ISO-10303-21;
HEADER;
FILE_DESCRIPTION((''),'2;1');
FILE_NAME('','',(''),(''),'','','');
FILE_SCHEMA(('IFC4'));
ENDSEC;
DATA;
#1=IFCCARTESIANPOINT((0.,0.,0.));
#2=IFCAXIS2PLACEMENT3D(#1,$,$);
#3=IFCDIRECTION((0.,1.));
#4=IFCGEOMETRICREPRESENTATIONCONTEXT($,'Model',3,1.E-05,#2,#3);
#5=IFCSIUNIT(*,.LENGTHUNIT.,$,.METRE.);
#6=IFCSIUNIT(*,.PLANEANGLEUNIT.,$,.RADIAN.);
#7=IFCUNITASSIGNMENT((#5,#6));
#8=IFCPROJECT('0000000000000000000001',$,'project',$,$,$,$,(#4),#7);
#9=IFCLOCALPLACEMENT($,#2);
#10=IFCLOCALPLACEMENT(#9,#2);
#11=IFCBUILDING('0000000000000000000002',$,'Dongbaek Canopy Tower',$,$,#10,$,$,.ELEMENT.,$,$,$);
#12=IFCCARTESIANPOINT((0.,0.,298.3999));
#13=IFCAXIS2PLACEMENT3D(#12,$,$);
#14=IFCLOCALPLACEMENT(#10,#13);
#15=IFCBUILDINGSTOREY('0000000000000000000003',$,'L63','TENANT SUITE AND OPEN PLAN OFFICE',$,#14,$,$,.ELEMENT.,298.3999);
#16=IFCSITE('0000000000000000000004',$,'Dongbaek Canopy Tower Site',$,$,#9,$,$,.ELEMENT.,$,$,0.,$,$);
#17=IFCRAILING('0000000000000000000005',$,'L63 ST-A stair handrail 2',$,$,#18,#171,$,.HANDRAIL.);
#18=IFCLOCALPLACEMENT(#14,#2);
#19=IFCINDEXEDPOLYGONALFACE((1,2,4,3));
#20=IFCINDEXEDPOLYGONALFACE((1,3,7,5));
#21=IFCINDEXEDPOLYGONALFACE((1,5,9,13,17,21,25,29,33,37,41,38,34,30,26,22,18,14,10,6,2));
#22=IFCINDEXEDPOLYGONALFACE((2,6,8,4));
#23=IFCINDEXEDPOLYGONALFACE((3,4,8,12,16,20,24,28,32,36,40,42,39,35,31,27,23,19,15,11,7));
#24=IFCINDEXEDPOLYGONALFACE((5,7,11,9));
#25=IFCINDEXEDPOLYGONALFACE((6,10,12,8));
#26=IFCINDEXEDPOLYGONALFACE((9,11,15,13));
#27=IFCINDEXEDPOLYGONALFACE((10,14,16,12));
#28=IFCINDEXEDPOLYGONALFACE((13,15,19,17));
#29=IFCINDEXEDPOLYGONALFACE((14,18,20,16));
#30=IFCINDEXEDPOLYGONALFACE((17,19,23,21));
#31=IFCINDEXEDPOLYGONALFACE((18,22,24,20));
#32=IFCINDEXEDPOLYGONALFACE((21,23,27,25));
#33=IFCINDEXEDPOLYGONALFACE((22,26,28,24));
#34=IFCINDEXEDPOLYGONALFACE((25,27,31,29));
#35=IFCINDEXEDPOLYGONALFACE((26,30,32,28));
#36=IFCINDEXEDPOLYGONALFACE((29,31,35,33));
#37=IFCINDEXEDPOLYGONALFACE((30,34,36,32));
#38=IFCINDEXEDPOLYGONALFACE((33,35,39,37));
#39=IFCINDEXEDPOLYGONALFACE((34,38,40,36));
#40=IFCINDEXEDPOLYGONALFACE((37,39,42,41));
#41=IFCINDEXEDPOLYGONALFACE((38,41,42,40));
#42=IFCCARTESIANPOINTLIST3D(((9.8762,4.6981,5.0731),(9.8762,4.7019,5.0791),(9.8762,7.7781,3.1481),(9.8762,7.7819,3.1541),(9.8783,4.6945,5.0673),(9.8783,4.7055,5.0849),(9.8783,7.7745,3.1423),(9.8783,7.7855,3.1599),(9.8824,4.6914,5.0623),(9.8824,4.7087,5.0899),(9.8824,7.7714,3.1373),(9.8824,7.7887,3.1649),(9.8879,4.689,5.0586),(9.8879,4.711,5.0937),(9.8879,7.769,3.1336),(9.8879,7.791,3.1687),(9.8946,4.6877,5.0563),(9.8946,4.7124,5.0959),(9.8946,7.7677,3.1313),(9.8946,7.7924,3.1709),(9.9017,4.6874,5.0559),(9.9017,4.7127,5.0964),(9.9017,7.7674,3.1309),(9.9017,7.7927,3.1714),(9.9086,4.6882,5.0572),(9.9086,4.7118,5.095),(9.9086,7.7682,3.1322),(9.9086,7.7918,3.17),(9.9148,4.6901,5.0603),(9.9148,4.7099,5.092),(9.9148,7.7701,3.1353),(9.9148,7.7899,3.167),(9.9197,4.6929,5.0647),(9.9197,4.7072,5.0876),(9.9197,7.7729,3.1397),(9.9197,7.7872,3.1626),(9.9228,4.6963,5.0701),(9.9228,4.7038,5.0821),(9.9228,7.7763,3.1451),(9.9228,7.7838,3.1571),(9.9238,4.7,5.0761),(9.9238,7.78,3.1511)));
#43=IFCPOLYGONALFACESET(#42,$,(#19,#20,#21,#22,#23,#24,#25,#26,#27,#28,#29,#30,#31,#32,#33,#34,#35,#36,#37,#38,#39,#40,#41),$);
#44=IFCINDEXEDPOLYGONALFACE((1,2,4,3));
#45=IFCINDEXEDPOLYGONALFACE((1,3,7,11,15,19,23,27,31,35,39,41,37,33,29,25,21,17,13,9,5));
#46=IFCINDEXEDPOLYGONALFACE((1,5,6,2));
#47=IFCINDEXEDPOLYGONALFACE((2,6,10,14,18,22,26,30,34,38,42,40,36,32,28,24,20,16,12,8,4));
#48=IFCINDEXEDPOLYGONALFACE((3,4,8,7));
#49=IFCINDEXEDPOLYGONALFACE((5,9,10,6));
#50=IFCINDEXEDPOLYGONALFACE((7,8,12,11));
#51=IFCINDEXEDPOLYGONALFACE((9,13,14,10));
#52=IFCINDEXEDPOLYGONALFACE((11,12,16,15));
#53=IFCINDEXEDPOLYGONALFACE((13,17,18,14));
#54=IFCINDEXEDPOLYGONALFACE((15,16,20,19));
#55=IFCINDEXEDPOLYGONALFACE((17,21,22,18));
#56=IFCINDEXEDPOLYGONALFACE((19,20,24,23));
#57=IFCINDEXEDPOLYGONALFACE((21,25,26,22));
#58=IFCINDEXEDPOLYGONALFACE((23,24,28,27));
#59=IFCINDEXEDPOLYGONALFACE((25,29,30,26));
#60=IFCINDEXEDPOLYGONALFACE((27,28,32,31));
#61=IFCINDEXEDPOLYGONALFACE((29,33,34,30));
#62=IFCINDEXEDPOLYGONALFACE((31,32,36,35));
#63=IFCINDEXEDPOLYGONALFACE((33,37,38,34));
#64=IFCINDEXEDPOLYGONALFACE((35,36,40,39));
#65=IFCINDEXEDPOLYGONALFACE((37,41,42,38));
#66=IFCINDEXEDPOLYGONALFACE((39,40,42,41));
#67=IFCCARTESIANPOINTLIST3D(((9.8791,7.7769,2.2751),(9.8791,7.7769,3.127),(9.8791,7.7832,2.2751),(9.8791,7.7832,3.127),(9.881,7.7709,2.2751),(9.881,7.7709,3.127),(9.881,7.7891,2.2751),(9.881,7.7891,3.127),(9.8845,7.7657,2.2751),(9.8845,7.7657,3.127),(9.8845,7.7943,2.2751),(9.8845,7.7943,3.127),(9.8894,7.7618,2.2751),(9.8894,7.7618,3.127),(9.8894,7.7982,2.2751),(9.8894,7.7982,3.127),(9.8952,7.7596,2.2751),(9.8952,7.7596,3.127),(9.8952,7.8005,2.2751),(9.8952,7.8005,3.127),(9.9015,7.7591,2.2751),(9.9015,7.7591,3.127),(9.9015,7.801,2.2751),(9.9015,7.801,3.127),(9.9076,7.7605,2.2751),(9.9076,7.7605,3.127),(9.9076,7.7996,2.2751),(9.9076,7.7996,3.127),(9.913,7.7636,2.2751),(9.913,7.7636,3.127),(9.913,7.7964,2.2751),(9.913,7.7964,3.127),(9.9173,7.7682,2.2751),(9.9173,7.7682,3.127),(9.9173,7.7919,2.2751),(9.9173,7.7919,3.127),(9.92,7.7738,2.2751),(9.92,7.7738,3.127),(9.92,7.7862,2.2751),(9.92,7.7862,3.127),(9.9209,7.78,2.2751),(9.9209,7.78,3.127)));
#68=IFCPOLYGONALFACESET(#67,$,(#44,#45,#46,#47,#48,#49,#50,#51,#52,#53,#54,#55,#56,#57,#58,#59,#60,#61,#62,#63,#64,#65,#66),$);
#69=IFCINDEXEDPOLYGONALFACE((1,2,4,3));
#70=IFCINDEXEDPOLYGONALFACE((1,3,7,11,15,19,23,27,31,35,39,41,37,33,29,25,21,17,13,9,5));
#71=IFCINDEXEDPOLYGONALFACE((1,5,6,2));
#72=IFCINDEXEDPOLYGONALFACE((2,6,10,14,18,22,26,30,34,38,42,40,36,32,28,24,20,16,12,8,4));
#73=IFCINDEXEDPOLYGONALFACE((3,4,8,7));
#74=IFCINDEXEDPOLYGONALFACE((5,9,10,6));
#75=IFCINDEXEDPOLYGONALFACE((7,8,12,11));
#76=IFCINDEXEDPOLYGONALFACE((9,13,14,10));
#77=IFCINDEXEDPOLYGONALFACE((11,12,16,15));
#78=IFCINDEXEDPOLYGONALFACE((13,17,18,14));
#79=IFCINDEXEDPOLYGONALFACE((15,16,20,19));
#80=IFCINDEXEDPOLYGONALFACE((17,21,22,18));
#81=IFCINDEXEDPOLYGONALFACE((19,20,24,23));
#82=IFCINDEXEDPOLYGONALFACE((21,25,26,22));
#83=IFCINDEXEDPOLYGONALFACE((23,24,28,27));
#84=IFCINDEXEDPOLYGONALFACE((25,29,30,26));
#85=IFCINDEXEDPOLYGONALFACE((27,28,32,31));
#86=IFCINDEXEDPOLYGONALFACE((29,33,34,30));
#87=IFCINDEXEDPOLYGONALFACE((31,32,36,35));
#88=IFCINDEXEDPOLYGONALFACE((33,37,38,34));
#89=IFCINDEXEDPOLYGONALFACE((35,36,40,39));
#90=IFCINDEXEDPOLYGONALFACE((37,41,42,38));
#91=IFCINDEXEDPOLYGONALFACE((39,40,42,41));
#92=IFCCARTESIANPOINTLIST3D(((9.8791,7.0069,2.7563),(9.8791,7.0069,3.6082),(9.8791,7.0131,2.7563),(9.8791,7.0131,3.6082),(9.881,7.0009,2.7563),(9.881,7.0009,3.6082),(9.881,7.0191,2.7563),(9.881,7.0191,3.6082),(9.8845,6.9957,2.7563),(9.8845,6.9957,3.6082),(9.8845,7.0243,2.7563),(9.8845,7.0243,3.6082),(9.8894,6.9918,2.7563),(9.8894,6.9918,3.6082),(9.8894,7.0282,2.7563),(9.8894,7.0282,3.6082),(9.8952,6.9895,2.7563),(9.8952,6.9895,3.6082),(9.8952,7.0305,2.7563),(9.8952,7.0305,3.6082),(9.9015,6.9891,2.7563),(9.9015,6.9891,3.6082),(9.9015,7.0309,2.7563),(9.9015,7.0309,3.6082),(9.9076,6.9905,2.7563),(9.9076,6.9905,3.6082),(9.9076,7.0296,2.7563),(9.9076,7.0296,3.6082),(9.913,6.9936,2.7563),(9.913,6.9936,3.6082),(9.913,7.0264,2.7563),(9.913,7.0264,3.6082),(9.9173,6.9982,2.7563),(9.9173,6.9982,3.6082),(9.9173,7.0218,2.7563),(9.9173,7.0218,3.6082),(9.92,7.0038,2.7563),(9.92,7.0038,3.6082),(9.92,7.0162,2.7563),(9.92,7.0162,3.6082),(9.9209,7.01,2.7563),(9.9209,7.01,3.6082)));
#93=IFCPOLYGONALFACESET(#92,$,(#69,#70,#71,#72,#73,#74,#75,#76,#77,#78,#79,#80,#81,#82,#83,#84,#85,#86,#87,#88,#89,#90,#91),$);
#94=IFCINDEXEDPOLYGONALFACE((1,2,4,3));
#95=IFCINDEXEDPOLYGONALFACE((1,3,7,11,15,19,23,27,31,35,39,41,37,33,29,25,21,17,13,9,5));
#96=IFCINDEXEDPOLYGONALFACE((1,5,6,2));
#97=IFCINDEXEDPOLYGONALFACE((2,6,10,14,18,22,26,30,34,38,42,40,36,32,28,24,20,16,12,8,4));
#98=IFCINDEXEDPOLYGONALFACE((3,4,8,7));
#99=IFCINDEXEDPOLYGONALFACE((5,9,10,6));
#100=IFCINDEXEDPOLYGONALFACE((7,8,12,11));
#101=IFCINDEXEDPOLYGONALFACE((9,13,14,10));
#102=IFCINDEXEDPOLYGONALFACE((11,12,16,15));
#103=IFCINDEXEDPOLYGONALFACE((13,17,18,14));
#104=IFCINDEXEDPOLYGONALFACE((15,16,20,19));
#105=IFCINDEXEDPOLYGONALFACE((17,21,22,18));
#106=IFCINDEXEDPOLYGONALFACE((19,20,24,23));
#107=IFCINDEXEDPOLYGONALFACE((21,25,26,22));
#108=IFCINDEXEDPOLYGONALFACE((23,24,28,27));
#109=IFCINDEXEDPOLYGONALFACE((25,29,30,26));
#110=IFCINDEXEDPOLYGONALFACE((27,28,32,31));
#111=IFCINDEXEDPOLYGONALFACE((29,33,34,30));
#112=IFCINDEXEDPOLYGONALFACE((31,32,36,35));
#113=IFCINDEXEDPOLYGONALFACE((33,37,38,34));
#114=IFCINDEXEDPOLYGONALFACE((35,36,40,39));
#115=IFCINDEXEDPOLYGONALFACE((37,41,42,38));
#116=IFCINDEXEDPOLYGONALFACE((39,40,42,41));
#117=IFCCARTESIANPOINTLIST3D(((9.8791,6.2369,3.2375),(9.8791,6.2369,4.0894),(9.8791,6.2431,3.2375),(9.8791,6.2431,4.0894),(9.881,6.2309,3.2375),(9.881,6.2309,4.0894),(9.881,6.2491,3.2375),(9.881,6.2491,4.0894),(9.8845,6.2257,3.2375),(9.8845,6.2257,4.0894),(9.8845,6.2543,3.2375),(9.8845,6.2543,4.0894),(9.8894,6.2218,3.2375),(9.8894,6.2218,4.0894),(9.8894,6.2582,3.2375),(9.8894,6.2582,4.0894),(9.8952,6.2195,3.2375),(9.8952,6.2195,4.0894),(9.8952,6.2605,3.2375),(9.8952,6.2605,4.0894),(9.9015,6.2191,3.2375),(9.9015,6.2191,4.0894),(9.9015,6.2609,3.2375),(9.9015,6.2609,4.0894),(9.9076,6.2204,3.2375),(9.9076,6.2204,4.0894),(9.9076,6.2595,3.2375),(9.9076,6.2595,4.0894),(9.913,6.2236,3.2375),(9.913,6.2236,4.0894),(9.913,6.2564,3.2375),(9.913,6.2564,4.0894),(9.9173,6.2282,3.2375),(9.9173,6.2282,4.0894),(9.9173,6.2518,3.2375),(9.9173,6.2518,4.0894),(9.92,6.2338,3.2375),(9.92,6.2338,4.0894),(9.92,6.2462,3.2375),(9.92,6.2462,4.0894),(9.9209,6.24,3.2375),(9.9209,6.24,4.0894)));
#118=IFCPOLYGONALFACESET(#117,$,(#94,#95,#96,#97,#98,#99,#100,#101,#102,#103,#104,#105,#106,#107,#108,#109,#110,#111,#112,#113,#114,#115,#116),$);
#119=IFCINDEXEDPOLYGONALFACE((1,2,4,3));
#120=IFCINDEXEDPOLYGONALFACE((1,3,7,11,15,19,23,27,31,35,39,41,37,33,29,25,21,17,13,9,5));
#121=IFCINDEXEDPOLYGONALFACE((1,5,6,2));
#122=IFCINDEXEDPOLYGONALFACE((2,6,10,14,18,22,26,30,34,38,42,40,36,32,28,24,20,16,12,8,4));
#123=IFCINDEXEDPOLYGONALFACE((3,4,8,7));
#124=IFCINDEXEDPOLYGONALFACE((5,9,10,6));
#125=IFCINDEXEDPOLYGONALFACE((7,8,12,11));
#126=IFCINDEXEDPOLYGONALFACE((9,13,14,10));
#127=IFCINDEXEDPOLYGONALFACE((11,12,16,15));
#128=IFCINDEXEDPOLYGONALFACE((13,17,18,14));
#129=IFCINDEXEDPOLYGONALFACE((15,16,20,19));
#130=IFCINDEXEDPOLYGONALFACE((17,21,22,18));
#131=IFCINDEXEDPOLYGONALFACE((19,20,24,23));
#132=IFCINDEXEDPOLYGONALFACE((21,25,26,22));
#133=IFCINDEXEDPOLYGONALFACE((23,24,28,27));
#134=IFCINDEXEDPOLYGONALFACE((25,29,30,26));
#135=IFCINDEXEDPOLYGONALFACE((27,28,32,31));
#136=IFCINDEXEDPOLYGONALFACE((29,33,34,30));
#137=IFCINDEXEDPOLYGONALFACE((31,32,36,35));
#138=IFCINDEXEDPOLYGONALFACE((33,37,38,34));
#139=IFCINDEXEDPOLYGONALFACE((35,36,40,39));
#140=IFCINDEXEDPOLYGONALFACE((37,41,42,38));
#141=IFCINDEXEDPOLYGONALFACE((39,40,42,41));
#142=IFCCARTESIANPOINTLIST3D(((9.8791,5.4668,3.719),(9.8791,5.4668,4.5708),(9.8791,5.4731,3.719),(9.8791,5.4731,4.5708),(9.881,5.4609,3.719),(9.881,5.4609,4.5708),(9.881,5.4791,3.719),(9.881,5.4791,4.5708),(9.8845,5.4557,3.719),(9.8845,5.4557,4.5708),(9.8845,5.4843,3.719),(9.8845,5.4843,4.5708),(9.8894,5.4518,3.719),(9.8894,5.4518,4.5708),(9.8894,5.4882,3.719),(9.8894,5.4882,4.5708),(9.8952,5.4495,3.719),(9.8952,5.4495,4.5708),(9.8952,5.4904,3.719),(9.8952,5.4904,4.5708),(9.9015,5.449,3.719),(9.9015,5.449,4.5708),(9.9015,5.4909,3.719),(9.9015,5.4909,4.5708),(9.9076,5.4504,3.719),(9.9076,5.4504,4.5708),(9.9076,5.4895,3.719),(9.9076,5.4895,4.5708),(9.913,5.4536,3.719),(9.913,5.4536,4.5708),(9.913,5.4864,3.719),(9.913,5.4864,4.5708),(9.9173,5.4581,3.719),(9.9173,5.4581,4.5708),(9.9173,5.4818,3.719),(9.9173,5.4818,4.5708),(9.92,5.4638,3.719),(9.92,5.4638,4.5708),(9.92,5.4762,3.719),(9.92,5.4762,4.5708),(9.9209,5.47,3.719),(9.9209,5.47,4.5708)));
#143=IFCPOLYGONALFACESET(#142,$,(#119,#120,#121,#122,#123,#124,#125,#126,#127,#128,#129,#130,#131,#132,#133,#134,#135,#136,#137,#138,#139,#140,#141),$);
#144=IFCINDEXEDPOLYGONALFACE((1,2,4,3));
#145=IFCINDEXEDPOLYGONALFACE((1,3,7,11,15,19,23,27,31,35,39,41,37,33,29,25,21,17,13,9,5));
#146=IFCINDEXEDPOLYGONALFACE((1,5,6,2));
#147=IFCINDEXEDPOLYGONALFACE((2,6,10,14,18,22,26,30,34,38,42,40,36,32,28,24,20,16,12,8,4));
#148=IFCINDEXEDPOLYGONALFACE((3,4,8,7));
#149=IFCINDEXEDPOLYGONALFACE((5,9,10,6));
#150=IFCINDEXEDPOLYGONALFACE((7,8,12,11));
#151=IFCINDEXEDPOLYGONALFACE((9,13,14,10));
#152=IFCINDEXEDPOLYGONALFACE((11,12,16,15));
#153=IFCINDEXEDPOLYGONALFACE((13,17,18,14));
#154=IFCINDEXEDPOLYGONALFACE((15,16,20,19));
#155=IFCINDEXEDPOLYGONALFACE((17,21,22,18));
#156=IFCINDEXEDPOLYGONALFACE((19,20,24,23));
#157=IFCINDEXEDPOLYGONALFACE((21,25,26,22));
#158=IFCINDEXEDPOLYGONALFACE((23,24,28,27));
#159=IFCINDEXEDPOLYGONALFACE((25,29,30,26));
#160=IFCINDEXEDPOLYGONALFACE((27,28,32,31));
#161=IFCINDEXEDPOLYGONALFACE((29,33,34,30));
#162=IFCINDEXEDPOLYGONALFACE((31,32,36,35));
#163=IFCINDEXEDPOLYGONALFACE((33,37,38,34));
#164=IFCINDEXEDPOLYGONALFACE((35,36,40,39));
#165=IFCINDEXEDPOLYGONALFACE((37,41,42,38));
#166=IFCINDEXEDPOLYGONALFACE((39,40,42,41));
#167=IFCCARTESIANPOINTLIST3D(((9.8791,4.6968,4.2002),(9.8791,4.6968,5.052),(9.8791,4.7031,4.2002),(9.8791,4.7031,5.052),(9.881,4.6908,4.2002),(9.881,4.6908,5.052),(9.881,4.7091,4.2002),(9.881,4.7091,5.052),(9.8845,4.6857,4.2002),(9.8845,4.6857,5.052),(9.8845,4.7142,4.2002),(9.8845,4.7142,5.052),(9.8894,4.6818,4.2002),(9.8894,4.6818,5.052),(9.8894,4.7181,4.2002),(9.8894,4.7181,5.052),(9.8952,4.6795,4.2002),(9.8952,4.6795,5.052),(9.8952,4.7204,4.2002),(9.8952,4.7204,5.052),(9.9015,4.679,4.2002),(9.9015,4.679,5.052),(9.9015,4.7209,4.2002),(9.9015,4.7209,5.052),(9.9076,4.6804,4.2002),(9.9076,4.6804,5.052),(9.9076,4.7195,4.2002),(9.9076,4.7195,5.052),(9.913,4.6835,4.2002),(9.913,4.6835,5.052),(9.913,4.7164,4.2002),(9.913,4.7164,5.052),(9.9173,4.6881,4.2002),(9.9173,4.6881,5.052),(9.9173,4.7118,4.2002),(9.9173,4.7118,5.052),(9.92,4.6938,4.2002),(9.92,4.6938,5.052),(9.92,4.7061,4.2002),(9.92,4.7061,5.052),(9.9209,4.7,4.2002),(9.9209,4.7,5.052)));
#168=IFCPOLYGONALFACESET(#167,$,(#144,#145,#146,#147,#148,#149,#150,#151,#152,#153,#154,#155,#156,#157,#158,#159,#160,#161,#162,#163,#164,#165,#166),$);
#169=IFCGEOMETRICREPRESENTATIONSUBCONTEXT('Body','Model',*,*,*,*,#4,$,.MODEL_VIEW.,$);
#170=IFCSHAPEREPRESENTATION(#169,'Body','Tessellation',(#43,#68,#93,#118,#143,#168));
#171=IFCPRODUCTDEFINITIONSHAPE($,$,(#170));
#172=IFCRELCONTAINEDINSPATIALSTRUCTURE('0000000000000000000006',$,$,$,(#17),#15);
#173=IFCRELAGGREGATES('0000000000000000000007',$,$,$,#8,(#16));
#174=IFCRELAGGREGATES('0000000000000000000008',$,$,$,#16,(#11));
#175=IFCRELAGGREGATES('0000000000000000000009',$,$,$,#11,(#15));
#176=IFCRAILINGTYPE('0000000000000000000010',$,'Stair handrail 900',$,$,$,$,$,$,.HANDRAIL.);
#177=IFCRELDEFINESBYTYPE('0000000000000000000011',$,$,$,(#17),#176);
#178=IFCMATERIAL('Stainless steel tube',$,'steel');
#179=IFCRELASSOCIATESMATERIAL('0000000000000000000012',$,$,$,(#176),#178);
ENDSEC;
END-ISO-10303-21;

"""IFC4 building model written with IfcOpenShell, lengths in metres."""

from ifc_helpers import new_model, si_unit, direction, frame, origin, origin_2d, place, context, subcontext, project, spatial, circle, extrude, material, type_object, element, save


model = new_model("IFC4")

# Units and contexts
model_context = context("Model", 3, precision=1e-05, world=origin(), true_north=direction((0.0, 1.0)))
body_context = subcontext(model_context, "Body", "Model", "MODEL_VIEW")
ifc_project = project(units=[si_unit("LENGTHUNIT", "METRE"), si_unit("PLANEANGLEUNIT", "RADIAN")], contexts=[model_context])

# Site, building, storey
site_placement = place(None, origin())
site = spatial("IfcSite", under=ifc_project, at=site_placement, Name="Dongbaek Canopy Tower Site", CompositionType="ELEMENT", RefElevation=0.0)
building_placement = place(site_placement, origin())
building = spatial("IfcBuilding", under=site, at=building_placement, Name="Dongbaek Canopy Tower", CompositionType="ELEMENT")
storey_placement = place(building_placement, frame((0.0, 0.0, 298.3999)))
storey = spatial("IfcBuildingStorey", under=building, at=storey_placement, Name="L63", Description="TENANT SUITE AND OPEN PLAN OFFICE", CompositionType="ELEMENT", Elevation=298.3999)

# Railing
ifc_material_1 = material(Name="Stainless steel tube", Category="steel")
railing_type_1 = type_object("IfcRailingType", Name="Stair handrail 900", PredefinedType="HANDRAIL", material=ifc_material_1)
railing_1_placement = place(storey_placement, frame((9.8999, 7.78, 2.2751)))
element("IfcRailing", 1, at=railing_1_placement, inside=storey, type_object=railing_type_1, Name="L63 ST-A stair handrail 2", PredefinedType="HANDRAIL", context=body_context, shape_type="SweptSolid", body=[
    extrude(circle(Radius=0.0239, at=origin_2d()), frame((0.0, 0.0, 0.876), z_axis=(0.0, -0.847998, 0.529999), x_axis=(1.0, 0.0, 0.0)), (0.0, 0.0, 1.0), 3.6321),
    extrude(circle(Radius=0.021, at=origin_2d()), origin(), (0.0, 0.0, 1.0), 0.8518),
    extrude(circle(Radius=0.021, at=origin_2d()), frame((0.0, -0.77, 0.4812)), (0.0, 0.0, 1.0), 0.8518),
    extrude(circle(Radius=0.021, at=origin_2d()), frame((0.0, -1.54, 0.9624)), (0.0, 0.0, 1.0), 0.8518),
    extrude(circle(Radius=0.021, at=origin_2d()), frame((0.0, -2.3101, 1.4438)), (0.0, 0.0, 1.0), 0.8518),
    extrude(circle(Radius=0.021, at=origin_2d()), frame((0.0, -3.0801, 1.925)), (0.0, 0.0, 1.0), 0.8518),
])

save(model, "model.ifc")
